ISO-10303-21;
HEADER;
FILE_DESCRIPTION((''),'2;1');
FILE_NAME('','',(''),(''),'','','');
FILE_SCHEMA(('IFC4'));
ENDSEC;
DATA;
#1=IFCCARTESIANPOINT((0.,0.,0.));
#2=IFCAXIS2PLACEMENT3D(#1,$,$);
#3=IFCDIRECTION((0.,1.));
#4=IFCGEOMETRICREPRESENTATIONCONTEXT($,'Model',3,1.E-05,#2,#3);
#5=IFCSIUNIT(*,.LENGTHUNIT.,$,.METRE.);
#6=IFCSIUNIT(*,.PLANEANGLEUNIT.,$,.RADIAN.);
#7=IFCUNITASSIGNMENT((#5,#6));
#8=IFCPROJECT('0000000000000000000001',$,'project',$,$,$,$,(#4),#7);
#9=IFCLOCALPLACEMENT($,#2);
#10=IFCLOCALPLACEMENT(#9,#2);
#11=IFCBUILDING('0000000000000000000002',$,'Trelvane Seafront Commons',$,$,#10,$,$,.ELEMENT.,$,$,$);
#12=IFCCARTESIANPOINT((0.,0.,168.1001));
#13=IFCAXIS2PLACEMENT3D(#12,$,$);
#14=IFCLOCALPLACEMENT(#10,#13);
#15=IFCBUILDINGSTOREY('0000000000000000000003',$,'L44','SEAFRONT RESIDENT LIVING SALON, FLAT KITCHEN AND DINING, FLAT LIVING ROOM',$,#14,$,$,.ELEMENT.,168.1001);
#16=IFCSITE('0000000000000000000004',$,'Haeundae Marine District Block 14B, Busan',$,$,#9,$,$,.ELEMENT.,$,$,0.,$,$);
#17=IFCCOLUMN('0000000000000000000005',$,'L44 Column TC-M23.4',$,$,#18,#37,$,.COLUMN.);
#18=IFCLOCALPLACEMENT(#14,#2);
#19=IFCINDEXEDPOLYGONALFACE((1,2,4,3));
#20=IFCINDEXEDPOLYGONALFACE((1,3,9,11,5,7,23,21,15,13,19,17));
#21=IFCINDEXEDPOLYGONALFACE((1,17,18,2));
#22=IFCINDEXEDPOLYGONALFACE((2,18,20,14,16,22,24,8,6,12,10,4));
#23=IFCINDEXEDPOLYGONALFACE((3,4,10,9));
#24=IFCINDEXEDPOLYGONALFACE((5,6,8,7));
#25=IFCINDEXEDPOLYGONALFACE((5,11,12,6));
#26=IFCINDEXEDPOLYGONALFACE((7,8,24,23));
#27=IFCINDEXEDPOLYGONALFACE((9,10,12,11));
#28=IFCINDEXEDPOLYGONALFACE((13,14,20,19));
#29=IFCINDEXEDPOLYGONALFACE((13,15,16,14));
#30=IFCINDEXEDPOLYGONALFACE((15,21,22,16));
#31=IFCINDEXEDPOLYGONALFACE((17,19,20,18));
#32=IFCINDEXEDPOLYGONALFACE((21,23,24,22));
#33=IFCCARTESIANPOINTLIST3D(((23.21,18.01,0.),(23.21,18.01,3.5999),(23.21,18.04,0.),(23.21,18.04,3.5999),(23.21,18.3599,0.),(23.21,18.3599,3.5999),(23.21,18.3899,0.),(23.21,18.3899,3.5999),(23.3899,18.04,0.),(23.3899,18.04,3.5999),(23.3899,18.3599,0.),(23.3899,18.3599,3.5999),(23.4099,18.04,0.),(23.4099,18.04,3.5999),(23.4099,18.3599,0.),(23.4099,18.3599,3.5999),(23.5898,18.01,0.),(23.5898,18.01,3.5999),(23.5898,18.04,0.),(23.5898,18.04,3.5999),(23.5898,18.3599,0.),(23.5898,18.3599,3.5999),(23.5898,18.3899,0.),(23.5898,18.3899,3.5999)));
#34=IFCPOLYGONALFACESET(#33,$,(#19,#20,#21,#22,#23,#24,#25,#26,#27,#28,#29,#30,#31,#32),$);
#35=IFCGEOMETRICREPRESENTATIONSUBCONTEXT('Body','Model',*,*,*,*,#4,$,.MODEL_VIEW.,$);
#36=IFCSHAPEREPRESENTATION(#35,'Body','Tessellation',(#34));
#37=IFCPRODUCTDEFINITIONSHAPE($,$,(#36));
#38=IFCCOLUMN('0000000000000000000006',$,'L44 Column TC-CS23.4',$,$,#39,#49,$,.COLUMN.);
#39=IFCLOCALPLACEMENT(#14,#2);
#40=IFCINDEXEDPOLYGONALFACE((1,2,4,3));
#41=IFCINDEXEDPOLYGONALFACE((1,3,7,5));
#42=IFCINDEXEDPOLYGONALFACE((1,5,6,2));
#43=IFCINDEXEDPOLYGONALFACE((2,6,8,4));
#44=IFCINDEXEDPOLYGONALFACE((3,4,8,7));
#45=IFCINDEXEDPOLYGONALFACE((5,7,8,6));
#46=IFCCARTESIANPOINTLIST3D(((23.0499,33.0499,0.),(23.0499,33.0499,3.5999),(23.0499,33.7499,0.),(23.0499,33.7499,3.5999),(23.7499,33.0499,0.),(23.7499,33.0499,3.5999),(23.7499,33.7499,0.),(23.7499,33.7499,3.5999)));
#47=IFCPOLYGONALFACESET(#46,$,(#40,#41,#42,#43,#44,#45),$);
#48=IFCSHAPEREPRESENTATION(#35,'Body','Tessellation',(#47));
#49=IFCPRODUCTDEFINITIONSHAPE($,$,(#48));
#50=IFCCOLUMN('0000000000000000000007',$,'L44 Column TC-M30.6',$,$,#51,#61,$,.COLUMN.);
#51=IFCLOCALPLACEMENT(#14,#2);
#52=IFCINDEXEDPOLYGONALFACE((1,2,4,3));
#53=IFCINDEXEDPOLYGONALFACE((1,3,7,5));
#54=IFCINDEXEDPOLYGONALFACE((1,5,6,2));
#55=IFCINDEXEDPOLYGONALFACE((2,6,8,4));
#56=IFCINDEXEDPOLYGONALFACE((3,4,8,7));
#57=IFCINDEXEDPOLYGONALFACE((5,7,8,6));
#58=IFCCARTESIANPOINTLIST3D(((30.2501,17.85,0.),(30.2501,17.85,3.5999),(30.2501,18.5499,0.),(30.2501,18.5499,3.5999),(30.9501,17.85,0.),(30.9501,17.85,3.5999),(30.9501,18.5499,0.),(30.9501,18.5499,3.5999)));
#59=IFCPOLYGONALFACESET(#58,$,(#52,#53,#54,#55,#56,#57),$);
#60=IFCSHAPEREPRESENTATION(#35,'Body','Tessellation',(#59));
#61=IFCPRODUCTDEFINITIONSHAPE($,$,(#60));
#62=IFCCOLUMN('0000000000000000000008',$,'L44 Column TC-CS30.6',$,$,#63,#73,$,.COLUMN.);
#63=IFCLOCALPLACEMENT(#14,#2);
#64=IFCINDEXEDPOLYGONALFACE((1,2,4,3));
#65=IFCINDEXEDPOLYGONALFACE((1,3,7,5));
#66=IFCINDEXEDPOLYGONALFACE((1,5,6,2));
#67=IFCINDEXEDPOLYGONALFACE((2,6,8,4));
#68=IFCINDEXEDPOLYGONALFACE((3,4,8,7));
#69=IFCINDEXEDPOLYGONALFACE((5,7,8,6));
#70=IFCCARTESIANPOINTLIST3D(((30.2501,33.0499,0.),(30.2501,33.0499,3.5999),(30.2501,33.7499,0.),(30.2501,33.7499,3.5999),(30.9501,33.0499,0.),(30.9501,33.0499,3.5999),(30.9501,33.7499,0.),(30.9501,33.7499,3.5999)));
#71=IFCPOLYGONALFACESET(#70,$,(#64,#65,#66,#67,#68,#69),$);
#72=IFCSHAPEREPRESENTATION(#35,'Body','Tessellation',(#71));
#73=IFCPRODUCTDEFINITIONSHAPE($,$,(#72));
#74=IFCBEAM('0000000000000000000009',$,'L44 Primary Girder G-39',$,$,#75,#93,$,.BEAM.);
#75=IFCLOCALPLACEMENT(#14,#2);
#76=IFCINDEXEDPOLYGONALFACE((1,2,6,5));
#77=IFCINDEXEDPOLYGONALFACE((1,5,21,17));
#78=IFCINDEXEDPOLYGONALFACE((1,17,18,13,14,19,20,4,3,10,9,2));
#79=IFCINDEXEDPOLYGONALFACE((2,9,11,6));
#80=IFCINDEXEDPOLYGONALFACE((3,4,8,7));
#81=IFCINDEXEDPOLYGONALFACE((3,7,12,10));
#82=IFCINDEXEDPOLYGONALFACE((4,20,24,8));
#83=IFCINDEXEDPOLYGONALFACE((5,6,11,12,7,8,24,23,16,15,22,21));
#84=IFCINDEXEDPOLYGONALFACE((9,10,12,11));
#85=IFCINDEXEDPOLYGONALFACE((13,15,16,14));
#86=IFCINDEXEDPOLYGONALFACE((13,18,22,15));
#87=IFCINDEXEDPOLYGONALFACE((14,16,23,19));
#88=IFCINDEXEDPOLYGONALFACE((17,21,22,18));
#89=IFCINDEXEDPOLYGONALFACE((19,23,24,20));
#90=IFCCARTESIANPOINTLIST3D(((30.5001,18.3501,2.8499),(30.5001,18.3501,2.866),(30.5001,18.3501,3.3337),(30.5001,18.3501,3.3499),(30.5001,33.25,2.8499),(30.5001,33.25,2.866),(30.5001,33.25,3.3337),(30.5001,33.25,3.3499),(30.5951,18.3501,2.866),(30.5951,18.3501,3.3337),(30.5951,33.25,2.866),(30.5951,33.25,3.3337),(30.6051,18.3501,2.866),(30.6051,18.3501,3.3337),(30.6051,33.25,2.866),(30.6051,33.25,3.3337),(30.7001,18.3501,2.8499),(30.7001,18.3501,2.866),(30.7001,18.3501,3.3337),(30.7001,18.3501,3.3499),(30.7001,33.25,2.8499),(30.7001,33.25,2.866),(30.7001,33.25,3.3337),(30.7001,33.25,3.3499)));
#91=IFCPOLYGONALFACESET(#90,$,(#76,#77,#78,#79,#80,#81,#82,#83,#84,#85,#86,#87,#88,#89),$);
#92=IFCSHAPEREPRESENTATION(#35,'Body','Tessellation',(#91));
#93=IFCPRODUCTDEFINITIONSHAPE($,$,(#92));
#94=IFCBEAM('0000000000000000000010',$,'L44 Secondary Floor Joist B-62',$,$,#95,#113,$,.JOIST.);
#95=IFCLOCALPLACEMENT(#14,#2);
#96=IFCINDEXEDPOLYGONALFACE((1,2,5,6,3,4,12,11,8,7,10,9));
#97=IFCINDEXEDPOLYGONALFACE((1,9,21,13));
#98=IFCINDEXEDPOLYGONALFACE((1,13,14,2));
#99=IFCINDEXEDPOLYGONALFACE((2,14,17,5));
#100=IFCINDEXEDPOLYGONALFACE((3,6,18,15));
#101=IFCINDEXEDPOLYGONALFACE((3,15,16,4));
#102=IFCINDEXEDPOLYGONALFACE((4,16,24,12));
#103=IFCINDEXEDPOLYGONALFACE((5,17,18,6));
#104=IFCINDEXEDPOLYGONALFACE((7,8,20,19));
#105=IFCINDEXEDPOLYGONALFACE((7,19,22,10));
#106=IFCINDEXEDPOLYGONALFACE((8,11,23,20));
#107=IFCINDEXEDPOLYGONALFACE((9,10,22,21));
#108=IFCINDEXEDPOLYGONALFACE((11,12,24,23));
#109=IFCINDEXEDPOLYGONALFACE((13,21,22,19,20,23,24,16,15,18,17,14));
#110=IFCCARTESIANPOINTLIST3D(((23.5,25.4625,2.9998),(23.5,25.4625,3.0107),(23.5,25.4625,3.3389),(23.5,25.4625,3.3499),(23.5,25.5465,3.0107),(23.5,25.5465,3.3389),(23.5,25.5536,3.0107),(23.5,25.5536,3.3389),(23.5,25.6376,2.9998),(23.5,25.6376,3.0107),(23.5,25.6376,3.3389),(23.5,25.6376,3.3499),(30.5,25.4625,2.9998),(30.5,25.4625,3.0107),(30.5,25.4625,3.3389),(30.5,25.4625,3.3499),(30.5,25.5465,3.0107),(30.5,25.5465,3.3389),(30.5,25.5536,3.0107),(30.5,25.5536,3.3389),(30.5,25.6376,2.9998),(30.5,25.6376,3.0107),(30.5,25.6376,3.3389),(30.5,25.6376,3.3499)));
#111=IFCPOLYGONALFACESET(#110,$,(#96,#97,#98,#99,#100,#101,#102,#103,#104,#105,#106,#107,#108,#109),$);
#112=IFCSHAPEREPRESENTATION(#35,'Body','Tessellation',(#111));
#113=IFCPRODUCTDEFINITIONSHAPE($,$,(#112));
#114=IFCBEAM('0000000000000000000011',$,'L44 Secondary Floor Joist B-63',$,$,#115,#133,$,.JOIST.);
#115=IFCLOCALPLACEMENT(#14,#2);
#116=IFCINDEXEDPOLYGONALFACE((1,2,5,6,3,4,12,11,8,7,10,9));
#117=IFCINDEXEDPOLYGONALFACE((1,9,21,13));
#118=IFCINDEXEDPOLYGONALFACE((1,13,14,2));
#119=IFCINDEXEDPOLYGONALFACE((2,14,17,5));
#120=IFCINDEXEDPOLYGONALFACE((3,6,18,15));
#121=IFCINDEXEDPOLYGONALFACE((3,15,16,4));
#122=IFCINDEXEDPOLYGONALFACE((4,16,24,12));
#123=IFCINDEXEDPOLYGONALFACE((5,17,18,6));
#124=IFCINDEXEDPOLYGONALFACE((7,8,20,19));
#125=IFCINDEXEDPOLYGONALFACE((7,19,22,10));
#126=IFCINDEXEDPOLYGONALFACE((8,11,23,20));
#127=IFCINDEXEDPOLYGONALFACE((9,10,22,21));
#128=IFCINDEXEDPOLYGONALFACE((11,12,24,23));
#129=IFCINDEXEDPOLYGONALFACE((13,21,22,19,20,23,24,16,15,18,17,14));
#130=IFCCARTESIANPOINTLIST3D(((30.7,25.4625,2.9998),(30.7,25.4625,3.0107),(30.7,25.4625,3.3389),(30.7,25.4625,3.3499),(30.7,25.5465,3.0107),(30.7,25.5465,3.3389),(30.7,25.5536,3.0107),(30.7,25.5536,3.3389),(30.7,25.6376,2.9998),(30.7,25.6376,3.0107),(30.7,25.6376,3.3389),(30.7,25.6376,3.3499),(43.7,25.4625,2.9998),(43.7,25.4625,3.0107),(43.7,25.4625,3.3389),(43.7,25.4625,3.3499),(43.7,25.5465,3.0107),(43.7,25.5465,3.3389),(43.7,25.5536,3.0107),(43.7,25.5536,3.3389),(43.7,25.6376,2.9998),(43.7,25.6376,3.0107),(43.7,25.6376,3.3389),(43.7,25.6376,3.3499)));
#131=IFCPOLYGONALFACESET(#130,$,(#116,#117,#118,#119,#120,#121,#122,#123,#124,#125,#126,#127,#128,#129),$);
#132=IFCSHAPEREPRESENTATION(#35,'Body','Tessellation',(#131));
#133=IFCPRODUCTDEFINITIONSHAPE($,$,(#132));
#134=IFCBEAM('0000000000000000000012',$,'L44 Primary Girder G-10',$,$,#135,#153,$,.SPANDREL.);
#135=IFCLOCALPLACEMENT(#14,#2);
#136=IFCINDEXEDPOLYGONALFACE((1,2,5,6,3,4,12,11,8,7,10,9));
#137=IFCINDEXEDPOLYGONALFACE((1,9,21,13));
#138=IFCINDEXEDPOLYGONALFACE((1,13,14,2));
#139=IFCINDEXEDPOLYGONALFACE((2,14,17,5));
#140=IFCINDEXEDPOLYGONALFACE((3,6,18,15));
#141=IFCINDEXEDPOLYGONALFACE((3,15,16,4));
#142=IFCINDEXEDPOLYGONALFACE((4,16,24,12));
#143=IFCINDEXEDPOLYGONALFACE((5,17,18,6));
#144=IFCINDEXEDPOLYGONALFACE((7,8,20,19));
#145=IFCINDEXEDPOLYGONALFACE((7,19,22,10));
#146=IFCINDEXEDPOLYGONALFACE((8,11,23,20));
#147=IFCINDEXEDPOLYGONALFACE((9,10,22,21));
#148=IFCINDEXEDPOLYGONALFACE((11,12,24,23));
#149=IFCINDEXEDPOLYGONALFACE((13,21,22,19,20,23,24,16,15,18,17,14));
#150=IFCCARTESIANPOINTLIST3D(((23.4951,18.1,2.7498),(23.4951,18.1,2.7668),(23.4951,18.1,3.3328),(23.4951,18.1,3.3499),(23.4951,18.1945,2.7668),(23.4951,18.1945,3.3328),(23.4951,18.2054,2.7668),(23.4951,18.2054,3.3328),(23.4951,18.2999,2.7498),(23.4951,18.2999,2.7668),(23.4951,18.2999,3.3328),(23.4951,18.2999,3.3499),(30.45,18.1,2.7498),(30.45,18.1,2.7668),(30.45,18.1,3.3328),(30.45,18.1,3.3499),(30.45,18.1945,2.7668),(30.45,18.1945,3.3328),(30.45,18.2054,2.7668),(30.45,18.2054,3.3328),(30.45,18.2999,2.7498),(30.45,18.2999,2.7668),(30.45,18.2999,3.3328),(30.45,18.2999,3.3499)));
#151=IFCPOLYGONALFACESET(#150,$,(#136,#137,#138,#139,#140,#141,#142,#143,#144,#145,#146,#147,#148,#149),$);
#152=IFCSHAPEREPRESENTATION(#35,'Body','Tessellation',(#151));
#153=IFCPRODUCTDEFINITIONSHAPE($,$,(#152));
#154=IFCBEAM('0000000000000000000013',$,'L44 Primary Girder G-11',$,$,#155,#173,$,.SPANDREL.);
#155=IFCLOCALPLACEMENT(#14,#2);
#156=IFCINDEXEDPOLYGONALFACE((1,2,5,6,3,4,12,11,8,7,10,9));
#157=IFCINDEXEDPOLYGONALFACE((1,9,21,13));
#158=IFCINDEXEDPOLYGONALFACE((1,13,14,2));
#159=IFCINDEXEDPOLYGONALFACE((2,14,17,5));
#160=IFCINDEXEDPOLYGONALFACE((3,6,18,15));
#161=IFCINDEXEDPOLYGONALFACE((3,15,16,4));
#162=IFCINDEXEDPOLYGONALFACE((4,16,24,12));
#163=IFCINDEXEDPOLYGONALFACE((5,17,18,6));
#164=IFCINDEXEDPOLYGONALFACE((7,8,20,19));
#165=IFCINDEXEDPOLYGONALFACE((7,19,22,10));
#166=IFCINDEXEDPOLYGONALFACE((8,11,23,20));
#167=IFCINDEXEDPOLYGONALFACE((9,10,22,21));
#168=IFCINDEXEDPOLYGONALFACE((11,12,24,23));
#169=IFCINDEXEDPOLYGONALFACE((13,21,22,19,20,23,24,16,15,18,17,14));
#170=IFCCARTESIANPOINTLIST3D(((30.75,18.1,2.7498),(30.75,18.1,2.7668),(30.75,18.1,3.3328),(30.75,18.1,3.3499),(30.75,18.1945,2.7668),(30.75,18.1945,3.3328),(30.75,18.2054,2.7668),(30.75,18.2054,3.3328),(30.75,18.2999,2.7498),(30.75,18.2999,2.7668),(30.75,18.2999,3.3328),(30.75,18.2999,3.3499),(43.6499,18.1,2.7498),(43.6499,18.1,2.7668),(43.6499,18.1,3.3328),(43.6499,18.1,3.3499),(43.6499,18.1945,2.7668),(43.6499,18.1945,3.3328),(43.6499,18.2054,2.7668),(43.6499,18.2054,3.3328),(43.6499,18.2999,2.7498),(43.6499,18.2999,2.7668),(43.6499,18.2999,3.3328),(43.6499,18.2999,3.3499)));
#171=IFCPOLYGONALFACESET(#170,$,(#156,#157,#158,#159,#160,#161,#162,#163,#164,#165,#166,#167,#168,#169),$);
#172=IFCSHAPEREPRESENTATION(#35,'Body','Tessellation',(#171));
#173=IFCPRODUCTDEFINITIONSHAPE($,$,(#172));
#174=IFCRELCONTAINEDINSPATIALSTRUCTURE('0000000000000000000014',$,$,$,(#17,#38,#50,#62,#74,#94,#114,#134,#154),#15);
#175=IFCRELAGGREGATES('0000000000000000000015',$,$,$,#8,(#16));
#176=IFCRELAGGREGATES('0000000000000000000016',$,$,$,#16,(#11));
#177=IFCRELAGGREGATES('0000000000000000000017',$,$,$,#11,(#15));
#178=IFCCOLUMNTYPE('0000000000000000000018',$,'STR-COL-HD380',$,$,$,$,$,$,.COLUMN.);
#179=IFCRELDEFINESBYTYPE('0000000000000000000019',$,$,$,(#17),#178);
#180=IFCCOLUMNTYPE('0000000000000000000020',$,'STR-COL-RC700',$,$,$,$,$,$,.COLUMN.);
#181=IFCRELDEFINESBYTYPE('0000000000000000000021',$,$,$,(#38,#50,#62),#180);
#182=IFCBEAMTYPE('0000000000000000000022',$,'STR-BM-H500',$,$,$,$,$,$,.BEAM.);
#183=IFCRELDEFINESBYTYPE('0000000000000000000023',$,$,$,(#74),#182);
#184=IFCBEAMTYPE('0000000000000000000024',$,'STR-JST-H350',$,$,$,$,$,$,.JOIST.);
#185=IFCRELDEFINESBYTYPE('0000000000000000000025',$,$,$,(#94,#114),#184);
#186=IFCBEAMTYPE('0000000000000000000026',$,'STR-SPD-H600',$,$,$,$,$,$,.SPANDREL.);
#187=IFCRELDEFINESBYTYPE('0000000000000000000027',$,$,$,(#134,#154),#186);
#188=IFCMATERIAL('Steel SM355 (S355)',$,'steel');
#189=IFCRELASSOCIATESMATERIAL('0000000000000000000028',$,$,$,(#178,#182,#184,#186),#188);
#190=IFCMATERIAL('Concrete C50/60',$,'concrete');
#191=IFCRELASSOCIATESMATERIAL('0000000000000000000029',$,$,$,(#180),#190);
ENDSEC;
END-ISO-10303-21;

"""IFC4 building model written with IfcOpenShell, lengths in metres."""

from ifc_helpers import new_model, si_unit, direction, frame, origin, origin_2d, place, context, subcontext, project, spatial, rectangle, i_section, extrude, source, transform, mapped, material, material_profile, profile_set, type_object, element, save


model = new_model("IFC4")

# Units and contexts
model_context = context("Model", 3, precision=1e-05, world=origin(), true_north=direction((0.0, 1.0)))
body_context = subcontext(model_context, "Body", "Model", "MODEL_VIEW")
ifc_project = project(units=[si_unit("LENGTHUNIT", "METRE"), si_unit("PLANEANGLEUNIT", "RADIAN")], contexts=[model_context])

# Site, building, storey
site_placement = place(None, origin())
site = spatial("IfcSite", under=ifc_project, at=site_placement, Name="Haeundae Marine District Block 14B, Busan", CompositionType="ELEMENT", RefElevation=0.0)
building_placement = place(site_placement, origin())
building = spatial("IfcBuilding", under=site, at=building_placement, Name="Trelvane Seafront Commons", CompositionType="ELEMENT")
storey_placement = place(building_placement, frame((0.0, 0.0, 168.1001)))
storey = spatial("IfcBuildingStorey", under=building, at=storey_placement, Name="L44", Description="SEAFRONT RESIDENT LIVING SALON, FLAT KITCHEN AND DINING, FLAT LIVING ROOM", CompositionType="ELEMENT", Elevation=168.1001)

# Columns
ifc_material_1 = material(Name="Steel SM355 (S355)", Category="steel")
ifc_material_profile_1 = material_profile(ifc_material_1, i_section(OverallWidth=0.3799, OverallDepth=0.3799, WebThickness=0.02, FlangeThickness=0.03, at=origin_2d()), Name="HD-380x380x20x30")
ifc_profile_set_1 = profile_set([ifc_material_profile_1], Name="Steel SM355 (S355)")
column_type_1 = type_object("IfcColumnType", Name="STR-COL-HD380", PredefinedType="COLUMN", material=ifc_profile_set_1)
shared_shape_1 = source(origin(), body_context, "Body", "SweptSolid", [
    extrude(i_section(OverallWidth=0.3799, OverallDepth=0.3799, WebThickness=0.02, FlangeThickness=0.03, at=origin_2d()), origin(), (0.0, 0.0, 1.0), 3.5999),
])
column_placement = place(storey_placement, frame((23.3999, 18.2, 0.0), z_axis=(0.0, 0.0, 1.0), x_axis=(1.0, 0.0, 0.0)))
element("IfcColumn", 1, at=column_placement, inside=storey, type_object=column_type_1, Name="L44 Column TC-M23.4", PredefinedType="COLUMN", context=body_context, shape_type="MappedRepresentation", body=[
    mapped(shared_shape_1, transform((0.0, 0.0, 0.0), x_axis=(1.0, 0.0, 0.0), y_axis=(0.0, 1.0, 0.0), z_axis=(0.0, 0.0, 1.0), scale=1.0)),
])
ifc_material_2 = material(Name="Concrete C50/60", Category="concrete")
ifc_material_profile_2 = material_profile(ifc_material_2, rectangle(XDim=0.7, YDim=0.7, at=origin_2d()), Name="RC-700x700")
ifc_profile_set_2 = profile_set([ifc_material_profile_2], Name="Concrete C50/60")
column_type_2 = type_object("IfcColumnType", Name="STR-COL-RC700", PredefinedType="COLUMN", material=ifc_profile_set_2)
shared_shape_2 = source(origin(), body_context, "Body", "SweptSolid", [
    extrude(rectangle(XDim=0.7, YDim=0.7, at=origin_2d()), origin(), (0.0, 0.0, 1.0), 3.5999),
])
for number, where, z_axis, x_axis, name in (
    (2, (23.3999, 33.3999, 0.0), (0.0, 0.0, 1.0), (1.0, 0.0, 0.0), "L44 Column TC-CS23.4"),
    (3, (30.6001, 18.2, 0.0), (0.0, 0.0, 1.0), (1.0, 0.0, 0.0), "L44 Column TC-M30.6"),
    (4, (30.6001, 33.3999, 0.0), (0.0, 0.0, 1.0), (1.0, 0.0, 0.0), "L44 Column TC-CS30.6"),
):
    element("IfcColumn", number, at=place(storey_placement, frame(where, z_axis=z_axis, x_axis=x_axis)), inside=storey, type_object=column_type_2, Name=name, PredefinedType="COLUMN", context=body_context, shape_type="MappedRepresentation", body=[
        mapped(shared_shape_2, transform((0.0, 0.0, 0.0), x_axis=(1.0, 0.0, 0.0), y_axis=(0.0, 1.0, 0.0), z_axis=(0.0, 0.0, 1.0), scale=1.0)),
    ])

# Beams
ifc_material_profile_3 = material_profile(ifc_material_1, i_section(OverallWidth=0.2, OverallDepth=0.5, WebThickness=0.01, FlangeThickness=0.0161, at=origin_2d()), Name="H-500x200x10x16")
ifc_profile_set_3 = profile_set([ifc_material_profile_3], Name="Steel SM355 (S355)")
beam_type_1 = type_object("IfcBeamType", Name="STR-BM-H500", PredefinedType="BEAM", material=ifc_profile_set_3)
shared_shape_3 = source(origin(), body_context, "Body", "SweptSolid", [
    extrude(i_section(OverallWidth=0.2, OverallDepth=0.5, WebThickness=0.01, FlangeThickness=0.0161, at=origin_2d()), origin(), (0.0, 0.0, 1.0), 14.8999),
])
beam_1_placement = place(storey_placement, frame((30.6001, 18.3501, 3.0999), z_axis=(0.0, 1.0, 0.0), x_axis=(-1.0, 0.0, 0.0)))
element("IfcBeam", 5, at=beam_1_placement, inside=storey, type_object=beam_type_1, Name="L44 Primary Girder G-39", PredefinedType="BEAM", context=body_context, shape_type="MappedRepresentation", body=[
    mapped(shared_shape_3, transform((0.0, 0.0, 0.0), x_axis=(1.0, 0.0, 0.0), y_axis=(0.0, 1.0, 0.0), z_axis=(0.0, 0.0, 1.0), scale=1.0)),
])
ifc_material_profile_4 = material_profile(ifc_material_1, i_section(OverallWidth=0.175, OverallDepth=0.3501, WebThickness=0.0071, FlangeThickness=0.011, at=origin_2d()), Name="H-350x175x7x11")
ifc_profile_set_4 = profile_set([ifc_material_profile_4], Name="Steel SM355 (S355)")
beam_type_2 = type_object("IfcBeamType", Name="STR-JST-H350", PredefinedType="JOIST", material=ifc_profile_set_4)
shared_shape_4 = source(origin(), body_context, "Body", "SweptSolid", [
    extrude(i_section(OverallWidth=0.175, OverallDepth=0.3501, WebThickness=0.0071, FlangeThickness=0.011, at=origin_2d()), origin(), (0.0, 0.0, 1.0), 7.0),
])
beam_2_placement = place(storey_placement, frame((23.5, 25.55, 3.1748), z_axis=(1.0, 0.0, 0.0), x_axis=(0.0, 1.0, 0.0)))
element("IfcBeam", 6, at=beam_2_placement, inside=storey, type_object=beam_type_2, Name="L44 Secondary Floor Joist B-62", PredefinedType="JOIST", context=body_context, shape_type="MappedRepresentation", body=[
    mapped(shared_shape_4, transform((0.0, 0.0, 0.0), x_axis=(1.0, 0.0, 0.0), y_axis=(0.0, 1.0, 0.0), z_axis=(0.0, 0.0, 1.0), scale=1.0)),
])
shared_shape_5 = source(origin(), body_context, "Body", "SweptSolid", [
    extrude(i_section(OverallWidth=0.175, OverallDepth=0.3501, WebThickness=0.0071, FlangeThickness=0.011, at=origin_2d()), origin(), (0.0, 0.0, 1.0), 13.0),
])
beam_3_placement = place(storey_placement, frame((30.7, 25.55, 3.1748), z_axis=(1.0, 0.0, 0.0), x_axis=(0.0, 1.0, 0.0)))
element("IfcBeam", 7, at=beam_3_placement, inside=storey, type_object=beam_type_2, Name="L44 Secondary Floor Joist B-63", PredefinedType="JOIST", context=body_context, shape_type="MappedRepresentation", body=[
    mapped(shared_shape_5, transform((0.0, 0.0, 0.0), x_axis=(1.0, 0.0, 0.0), y_axis=(0.0, 1.0, 0.0), z_axis=(0.0, 0.0, 1.0), scale=1.0)),
])
ifc_material_profile_5 = material_profile(ifc_material_1, i_section(OverallWidth=0.2, OverallDepth=0.6001, WebThickness=0.011, FlangeThickness=0.0171, at=origin_2d()), Name="H-600x200x11x17")
ifc_profile_set_5 = profile_set([ifc_material_profile_5], Name="Steel SM355 (S355)")
beam_type_3 = type_object("IfcBeamType", Name="STR-SPD-H600", PredefinedType="SPANDREL", material=ifc_profile_set_5)
shared_shape_6 = source(origin(), body_context, "Body", "SweptSolid", [
    extrude(i_section(OverallWidth=0.2, OverallDepth=0.6001, WebThickness=0.011, FlangeThickness=0.0171, at=origin_2d()), origin(), (0.0, 0.0, 1.0), 6.9548),
])
beam_4_placement = place(storey_placement, frame((23.4951, 18.2, 3.0498), z_axis=(1.0, 0.0, 0.0), x_axis=(0.0, 1.0, 0.0)))
element("IfcBeam", 8, at=beam_4_placement, inside=storey, type_object=beam_type_3, Name="L44 Primary Girder G-10", PredefinedType="SPANDREL", context=body_context, shape_type="MappedRepresentation", body=[
    mapped(shared_shape_6, transform((0.0, 0.0, 0.0), x_axis=(1.0, 0.0, 0.0), y_axis=(0.0, 1.0, 0.0), z_axis=(0.0, 0.0, 1.0), scale=1.0)),
])
shared_shape_7 = source(origin(), body_context, "Body", "SweptSolid", [
    extrude(i_section(OverallWidth=0.2, OverallDepth=0.6001, WebThickness=0.011, FlangeThickness=0.0171, at=origin_2d()), origin(), (0.0, 0.0, 1.0), 12.8999),
])
for number, where, z_axis, x_axis, name in (
    (9, (30.75, 18.2, 3.0498), (1.0, 0.0, 0.0), (0.0, 1.0, 0.0), "L44 Primary Girder G-11"),
):
    element("IfcBeam", number, at=place(storey_placement, frame(where, z_axis=z_axis, x_axis=x_axis)), inside=storey, type_object=beam_type_3, Name=name, PredefinedType="SPANDREL", context=body_context, shape_type="MappedRepresentation", body=[
        mapped(shared_shape_7, transform((0.0, 0.0, 0.0), x_axis=(1.0, 0.0, 0.0), y_axis=(0.0, 1.0, 0.0), z_axis=(0.0, 0.0, 1.0), scale=1.0)),
    ])

save(model, "model.ifc")
